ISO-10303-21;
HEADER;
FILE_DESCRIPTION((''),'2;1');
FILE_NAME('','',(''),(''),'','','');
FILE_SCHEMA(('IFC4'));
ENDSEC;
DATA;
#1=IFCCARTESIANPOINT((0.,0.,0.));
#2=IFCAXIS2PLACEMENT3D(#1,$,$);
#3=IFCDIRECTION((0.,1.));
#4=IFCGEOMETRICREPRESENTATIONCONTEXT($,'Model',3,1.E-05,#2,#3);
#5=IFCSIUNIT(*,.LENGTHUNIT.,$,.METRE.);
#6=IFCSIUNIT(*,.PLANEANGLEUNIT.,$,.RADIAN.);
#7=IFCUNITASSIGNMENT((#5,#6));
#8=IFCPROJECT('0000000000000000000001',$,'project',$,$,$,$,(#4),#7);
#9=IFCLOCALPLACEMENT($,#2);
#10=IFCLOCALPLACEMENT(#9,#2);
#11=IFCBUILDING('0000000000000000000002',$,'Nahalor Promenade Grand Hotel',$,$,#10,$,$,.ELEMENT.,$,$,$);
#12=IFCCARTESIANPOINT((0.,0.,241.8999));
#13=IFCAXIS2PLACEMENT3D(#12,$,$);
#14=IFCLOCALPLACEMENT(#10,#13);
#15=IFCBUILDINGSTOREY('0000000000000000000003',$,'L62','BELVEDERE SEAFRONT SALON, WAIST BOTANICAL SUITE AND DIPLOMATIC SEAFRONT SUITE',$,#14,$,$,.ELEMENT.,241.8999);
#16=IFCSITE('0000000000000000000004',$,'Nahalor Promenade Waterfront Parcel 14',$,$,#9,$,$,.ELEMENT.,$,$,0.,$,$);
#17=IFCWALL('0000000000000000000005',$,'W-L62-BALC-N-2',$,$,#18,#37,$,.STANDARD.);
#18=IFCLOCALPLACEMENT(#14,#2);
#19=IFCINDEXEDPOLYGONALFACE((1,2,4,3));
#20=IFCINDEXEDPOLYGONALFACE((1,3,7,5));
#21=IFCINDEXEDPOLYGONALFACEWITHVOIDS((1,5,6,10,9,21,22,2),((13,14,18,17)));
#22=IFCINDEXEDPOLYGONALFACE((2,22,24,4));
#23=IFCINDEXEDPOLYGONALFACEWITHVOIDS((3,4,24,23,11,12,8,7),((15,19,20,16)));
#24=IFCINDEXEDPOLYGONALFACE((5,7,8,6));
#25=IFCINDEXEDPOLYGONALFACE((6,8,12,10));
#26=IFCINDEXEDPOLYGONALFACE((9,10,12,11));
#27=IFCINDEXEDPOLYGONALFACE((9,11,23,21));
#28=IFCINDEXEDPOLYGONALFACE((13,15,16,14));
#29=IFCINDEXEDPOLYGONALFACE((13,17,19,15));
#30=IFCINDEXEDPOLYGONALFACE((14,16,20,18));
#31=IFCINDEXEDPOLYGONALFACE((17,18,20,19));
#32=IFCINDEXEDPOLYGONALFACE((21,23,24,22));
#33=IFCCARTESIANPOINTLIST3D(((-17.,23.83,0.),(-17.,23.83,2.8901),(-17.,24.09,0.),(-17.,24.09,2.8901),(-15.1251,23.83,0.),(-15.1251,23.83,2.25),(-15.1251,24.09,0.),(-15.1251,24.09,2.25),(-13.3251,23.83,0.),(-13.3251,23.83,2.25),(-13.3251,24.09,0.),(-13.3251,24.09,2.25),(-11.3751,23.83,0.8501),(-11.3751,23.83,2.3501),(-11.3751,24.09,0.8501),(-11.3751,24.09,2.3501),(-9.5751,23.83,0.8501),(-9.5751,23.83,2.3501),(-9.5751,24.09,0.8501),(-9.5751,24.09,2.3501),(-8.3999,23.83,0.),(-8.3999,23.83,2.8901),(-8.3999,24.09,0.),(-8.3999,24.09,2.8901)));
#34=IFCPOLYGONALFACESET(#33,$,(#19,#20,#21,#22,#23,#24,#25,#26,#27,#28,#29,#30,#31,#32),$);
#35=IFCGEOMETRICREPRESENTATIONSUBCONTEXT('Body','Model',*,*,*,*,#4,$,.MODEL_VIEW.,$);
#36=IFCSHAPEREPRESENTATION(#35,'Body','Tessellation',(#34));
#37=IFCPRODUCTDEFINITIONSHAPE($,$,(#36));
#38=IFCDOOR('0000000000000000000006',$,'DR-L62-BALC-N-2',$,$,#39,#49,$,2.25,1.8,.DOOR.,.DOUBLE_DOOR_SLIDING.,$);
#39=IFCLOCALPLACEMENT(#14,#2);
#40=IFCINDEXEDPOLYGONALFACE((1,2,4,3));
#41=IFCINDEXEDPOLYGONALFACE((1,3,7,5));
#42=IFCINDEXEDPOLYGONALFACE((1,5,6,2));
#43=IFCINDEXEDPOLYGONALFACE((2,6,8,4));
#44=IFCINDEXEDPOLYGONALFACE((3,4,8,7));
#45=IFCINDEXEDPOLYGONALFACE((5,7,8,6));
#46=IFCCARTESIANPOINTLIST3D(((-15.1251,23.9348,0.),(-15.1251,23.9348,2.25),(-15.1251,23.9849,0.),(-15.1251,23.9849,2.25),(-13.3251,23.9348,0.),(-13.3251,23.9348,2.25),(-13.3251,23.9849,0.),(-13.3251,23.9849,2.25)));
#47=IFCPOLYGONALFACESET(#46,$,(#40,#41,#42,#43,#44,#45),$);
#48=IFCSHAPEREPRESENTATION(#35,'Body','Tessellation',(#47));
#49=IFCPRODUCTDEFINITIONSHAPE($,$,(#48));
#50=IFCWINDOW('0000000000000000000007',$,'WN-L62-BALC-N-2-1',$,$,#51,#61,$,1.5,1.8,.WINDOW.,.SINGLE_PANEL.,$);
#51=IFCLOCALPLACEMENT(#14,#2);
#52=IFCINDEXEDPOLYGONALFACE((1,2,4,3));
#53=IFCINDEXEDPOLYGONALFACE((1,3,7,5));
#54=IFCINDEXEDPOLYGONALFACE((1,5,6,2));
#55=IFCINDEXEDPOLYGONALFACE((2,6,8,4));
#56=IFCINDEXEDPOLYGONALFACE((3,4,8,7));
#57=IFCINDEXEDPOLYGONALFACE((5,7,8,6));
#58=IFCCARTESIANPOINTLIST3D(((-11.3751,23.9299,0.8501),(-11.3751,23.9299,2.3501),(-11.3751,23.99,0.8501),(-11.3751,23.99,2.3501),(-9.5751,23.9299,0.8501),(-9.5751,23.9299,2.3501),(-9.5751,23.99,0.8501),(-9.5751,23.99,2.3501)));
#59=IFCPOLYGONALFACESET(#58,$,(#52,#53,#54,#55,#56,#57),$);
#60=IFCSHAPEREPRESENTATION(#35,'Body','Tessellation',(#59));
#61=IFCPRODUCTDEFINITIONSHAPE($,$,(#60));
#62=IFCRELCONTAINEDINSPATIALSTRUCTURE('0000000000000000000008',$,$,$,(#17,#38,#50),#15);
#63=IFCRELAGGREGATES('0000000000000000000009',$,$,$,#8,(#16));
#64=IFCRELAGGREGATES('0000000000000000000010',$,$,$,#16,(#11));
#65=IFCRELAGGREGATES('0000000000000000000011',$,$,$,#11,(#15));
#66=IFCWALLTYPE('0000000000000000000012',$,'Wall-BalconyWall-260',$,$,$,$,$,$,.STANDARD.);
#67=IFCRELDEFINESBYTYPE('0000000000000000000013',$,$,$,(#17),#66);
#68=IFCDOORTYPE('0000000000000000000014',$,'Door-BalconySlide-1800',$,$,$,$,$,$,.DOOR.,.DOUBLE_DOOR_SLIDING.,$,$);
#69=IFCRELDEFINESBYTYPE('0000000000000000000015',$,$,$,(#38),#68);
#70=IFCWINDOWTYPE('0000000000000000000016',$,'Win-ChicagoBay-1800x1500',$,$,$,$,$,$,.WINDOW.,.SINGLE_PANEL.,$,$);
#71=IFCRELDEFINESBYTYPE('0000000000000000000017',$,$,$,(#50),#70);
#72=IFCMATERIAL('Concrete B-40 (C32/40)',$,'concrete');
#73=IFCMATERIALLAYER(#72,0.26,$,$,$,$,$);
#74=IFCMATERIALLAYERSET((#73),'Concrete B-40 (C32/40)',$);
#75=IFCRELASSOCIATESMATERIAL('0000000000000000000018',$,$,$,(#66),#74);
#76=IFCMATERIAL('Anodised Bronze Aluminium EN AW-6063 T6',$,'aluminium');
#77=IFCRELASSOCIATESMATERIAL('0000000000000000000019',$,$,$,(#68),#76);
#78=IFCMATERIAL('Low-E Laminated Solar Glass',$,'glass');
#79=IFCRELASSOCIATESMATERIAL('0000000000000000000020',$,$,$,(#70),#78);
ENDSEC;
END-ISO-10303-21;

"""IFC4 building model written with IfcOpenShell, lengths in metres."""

from ifc_helpers import new_model, si_unit, direction, frame, frame_2d, origin, place, context, subcontext, project, spatial, rectangle, extrude, source, transform, mapped, material, layer, layer_set, type_object, element, fill, save


model = new_model("IFC4")

# Units and contexts
model_context = context("Model", 3, precision=1e-05, world=origin(), true_north=direction((0.0, 1.0)))
body_context = subcontext(model_context, "Body", "Model", "MODEL_VIEW")
ifc_project = project(units=[si_unit("LENGTHUNIT", "METRE"), si_unit("PLANEANGLEUNIT", "RADIAN")], contexts=[model_context])

# Site, building, storey
site_placement = place(None, origin())
site = spatial("IfcSite", under=ifc_project, at=site_placement, Name="Nahalor Promenade Waterfront Parcel 14", CompositionType="ELEMENT", RefElevation=0.0)
building_placement = place(site_placement, origin())
building = spatial("IfcBuilding", under=site, at=building_placement, Name="Nahalor Promenade Grand Hotel", CompositionType="ELEMENT")
storey_placement = place(building_placement, frame((0.0, 0.0, 241.8999)))
storey = spatial("IfcBuildingStorey", under=building, at=storey_placement, Name="L62", Description="BELVEDERE SEAFRONT SALON, WAIST BOTANICAL SUITE AND DIPLOMATIC SEAFRONT SUITE", CompositionType="ELEMENT", Elevation=241.8999)

# Shared definitions
ifc_material_1 = material(Name="Anodised Bronze Aluminium EN AW-6063 T6", Category="aluminium")

# Shared definitions
ifc_material_2 = material(Name="Low-E Laminated Solar Glass", Category="glass")

# Shared definitions
ifc_material_3 = material(Name="Concrete B-40 (C32/40)", Category="concrete")

# Wall, openings, door, window
ifc_layer_1 = layer(ifc_material_3, 0.26)
ifc_layer_set_1 = layer_set([ifc_layer_1], Name="Concrete B-40 (C32/40)")
wall_type_1 = type_object("IfcWallType", Name="Wall-BalconyWall-260", PredefinedType="STANDARD", material=ifc_layer_set_1)
shared_shape_1 = source(origin(), body_context, "Body", "SweptSolid", [
    extrude(rectangle(XDim=8.6001, YDim=0.26, at=frame_2d((4.3, 0.0))), origin(), (0.0, 0.0, 1.0), 2.8901),
])
wall_placement = place(storey_placement, frame((-17.0, 23.96, 0.0), z_axis=(0.0, 0.0, 1.0), x_axis=(1.0, 0.0, 0.0)))
wall = element("IfcWall", 1, at=wall_placement, inside=storey, type_object=wall_type_1, Name="W-L62-BALC-N-2", PredefinedType="STANDARD", context=body_context, shape_type="MappedRepresentation", body=[
    mapped(shared_shape_1, transform((0.0, 0.0, 0.0), scale=1.0)),
])
opening_1_placement = place(wall_placement, frame((1.875, 0.0, 0.0)))
opening_1 = element("IfcOpeningElement", 2, at=opening_1_placement, cuts=wall, PredefinedType="OPENING", context=body_context, shape_type="SweptSolid", body=[
    extrude(rectangle(XDim=1.8, YDim=2.25, at=frame_2d((0.8999, 1.125))), frame((0.0, 0.1399, 0.0), z_axis=(0.0, -1.0, 0.0), x_axis=(1.0, 0.0, 0.0)), (0.0, 0.0, 1.0), 0.28),
])
opening_2_placement = place(wall_placement, frame((5.625, 0.0, 0.8501)))
opening_2 = element("IfcOpeningElement", 3, at=opening_2_placement, cuts=wall, PredefinedType="OPENING", context=body_context, shape_type="SweptSolid", body=[
    extrude(rectangle(XDim=1.8, YDim=1.5, at=frame_2d((0.8999, 0.75))), frame((0.0, 0.1399, 0.0), z_axis=(0.0, -1.0, 0.0), x_axis=(1.0, 0.0, 0.0)), (0.0, 0.0, 1.0), 0.28),
])
door_type = type_object("IfcDoorType", Name="Door-BalconySlide-1800", OperationType="DOUBLE_DOOR_SLIDING", PredefinedType="DOOR", material=ifc_material_1)
shared_shape_2 = source(origin(), body_context, "Body", "SweptSolid", [
    extrude(rectangle(XDim=1.8, YDim=2.25, at=frame_2d((0.8999, 1.125))), frame((0.0, 0.0249, 0.0), z_axis=(0.0, -1.0, 0.0), x_axis=(1.0, 0.0, 0.0)), (0.0, 0.0, 1.0), 0.05),
])
door_placement = place(opening_1_placement, origin())
door = element("IfcDoor", 4, at=door_placement, inside=storey, type_object=door_type, Name="DR-L62-BALC-N-2", OperationType="DOUBLE_DOOR_SLIDING", OverallHeight=2.25, OverallWidth=1.8, PredefinedType="DOOR", context=body_context, shape_type="MappedRepresentation", body=[
    mapped(shared_shape_2, transform((0.0, 0.0, 0.0), scale=1.0)),
])
fill(opening_1, door)
window_type = type_object("IfcWindowType", Name="Win-ChicagoBay-1800x1500", PartitioningType="SINGLE_PANEL", PredefinedType="WINDOW", material=ifc_material_2)
shared_shape_3 = source(origin(), body_context, "Body", "SweptSolid", [
    extrude(rectangle(XDim=1.8, YDim=1.5, at=frame_2d((0.8999, 0.75))), frame((0.0, 0.03, 0.0), z_axis=(0.0, -1.0, 0.0), x_axis=(1.0, 0.0, 0.0)), (0.0, 0.0, 1.0), 0.0601),
])
window_placement = place(opening_2_placement, origin())
window = element("IfcWindow", 5, at=window_placement, inside=storey, type_object=window_type, Name="WN-L62-BALC-N-2-1", OverallHeight=1.5, OverallWidth=1.8, PartitioningType="SINGLE_PANEL", PredefinedType="WINDOW", context=body_context, shape_type="MappedRepresentation", body=[
    mapped(shared_shape_3, transform((0.0, 0.0, 0.0), scale=1.0)),
])
fill(opening_2, window)

save(model, "model.ifc")
